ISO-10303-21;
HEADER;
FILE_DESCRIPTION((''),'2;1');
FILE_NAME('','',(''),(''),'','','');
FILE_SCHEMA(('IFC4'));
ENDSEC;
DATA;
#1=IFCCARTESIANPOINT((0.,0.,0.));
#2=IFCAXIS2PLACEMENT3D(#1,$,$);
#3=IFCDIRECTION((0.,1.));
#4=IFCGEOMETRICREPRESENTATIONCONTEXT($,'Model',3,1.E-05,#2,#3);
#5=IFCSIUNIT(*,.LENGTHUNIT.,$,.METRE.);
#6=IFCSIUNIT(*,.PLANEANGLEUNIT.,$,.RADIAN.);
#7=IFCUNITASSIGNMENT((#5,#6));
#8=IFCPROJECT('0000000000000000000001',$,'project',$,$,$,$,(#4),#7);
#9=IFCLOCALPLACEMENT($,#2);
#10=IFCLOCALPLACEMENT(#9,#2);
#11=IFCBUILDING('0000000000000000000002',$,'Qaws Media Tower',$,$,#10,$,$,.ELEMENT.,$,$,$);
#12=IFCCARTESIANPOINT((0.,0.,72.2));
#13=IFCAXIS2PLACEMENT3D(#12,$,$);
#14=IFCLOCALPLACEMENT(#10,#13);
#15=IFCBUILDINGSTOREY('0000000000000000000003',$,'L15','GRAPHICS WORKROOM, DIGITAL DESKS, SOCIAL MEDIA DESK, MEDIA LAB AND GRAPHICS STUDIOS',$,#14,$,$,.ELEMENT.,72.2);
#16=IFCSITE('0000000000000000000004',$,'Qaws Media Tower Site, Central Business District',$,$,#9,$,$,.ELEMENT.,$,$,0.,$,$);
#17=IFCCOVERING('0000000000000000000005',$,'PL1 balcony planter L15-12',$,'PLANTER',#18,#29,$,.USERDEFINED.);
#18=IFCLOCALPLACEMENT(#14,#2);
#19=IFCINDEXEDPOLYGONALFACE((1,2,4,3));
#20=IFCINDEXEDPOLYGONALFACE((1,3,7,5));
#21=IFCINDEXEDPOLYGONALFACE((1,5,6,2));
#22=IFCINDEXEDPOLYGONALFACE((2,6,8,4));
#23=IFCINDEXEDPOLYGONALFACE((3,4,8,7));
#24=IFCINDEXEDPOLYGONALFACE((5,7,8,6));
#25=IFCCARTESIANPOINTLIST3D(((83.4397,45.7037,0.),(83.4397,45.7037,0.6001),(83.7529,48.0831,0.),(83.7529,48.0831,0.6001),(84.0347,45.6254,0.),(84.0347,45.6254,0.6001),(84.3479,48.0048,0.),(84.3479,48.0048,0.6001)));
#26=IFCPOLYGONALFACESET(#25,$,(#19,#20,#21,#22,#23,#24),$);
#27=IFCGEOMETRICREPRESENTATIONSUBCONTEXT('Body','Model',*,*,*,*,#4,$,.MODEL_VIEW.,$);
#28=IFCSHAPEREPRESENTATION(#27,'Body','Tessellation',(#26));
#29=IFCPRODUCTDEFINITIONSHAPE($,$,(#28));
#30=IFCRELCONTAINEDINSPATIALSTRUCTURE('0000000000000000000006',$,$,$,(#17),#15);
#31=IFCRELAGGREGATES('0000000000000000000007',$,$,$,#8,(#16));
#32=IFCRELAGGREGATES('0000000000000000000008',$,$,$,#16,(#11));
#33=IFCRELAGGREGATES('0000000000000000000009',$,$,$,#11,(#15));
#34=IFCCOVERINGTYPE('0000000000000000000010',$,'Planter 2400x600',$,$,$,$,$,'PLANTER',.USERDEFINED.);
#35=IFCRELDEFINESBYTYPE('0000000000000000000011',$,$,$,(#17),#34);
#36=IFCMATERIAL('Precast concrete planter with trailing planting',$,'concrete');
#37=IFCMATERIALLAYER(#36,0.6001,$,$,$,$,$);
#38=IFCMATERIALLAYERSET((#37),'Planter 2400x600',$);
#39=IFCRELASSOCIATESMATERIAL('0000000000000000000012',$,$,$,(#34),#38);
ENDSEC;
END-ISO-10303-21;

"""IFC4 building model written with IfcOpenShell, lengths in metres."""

from ifc_helpers import new_model, si_unit, direction, frame, origin, origin_2d, place, context, subcontext, project, spatial, rectangle, extrude, material, layer, layer_set, type_object, element, save


model = new_model("IFC4")

# Units and contexts
model_context = context("Model", 3, precision=1e-05, world=origin(), true_north=direction((0.0, 1.0)))
body_context = subcontext(model_context, "Body", "Model", "MODEL_VIEW")
ifc_project = project(units=[si_unit("LENGTHUNIT", "METRE"), si_unit("PLANEANGLEUNIT", "RADIAN")], contexts=[model_context])

# Site, building, storey
site_placement = place(None, origin())
site = spatial("IfcSite", under=ifc_project, at=site_placement, Name="Qaws Media Tower Site, Central Business District", CompositionType="ELEMENT", RefElevation=0.0)
building_placement = place(site_placement, origin())
building = spatial("IfcBuilding", under=site, at=building_placement, Name="Qaws Media Tower", CompositionType="ELEMENT")
storey_placement = place(building_placement, frame((0.0, 0.0, 72.2)))
storey = spatial("IfcBuildingStorey", under=building, at=storey_placement, Name="L15", Description="GRAPHICS WORKROOM, DIGITAL DESKS, SOCIAL MEDIA DESK, MEDIA LAB AND GRAPHICS STUDIOS", CompositionType="ELEMENT", Elevation=72.2)

# Covering
ifc_material_1 = material(Name="Precast concrete planter with trailing planting", Category="concrete")
ifc_layer_1 = layer(ifc_material_1, 0.6001)
ifc_layer_set_1 = layer_set([ifc_layer_1], Name="Planter 2400x600")
covering_type = type_object("IfcCoveringType", Name="Planter 2400x600", ElementType="PLANTER", PredefinedType="USERDEFINED", material=ifc_layer_set_1)
covering_placement = place(storey_placement, frame((83.8938, 46.8542, 0.0), z_axis=(0.0, 0.0, 1.0), x_axis=(0.130526, 0.991445, 0.0)))
element("IfcCovering", 1, at=covering_placement, inside=storey, type_object=covering_type, Name="PL1 balcony planter L15-12", ObjectType="PLANTER", PredefinedType="USERDEFINED", context=body_context, shape_type="SweptSolid", body=[
    extrude(rectangle(XDim=2.3999, YDim=0.6001, at=origin_2d()), origin(), (0.0, 0.0, 1.0), 0.6001),
])

save(model, "model.ifc")
